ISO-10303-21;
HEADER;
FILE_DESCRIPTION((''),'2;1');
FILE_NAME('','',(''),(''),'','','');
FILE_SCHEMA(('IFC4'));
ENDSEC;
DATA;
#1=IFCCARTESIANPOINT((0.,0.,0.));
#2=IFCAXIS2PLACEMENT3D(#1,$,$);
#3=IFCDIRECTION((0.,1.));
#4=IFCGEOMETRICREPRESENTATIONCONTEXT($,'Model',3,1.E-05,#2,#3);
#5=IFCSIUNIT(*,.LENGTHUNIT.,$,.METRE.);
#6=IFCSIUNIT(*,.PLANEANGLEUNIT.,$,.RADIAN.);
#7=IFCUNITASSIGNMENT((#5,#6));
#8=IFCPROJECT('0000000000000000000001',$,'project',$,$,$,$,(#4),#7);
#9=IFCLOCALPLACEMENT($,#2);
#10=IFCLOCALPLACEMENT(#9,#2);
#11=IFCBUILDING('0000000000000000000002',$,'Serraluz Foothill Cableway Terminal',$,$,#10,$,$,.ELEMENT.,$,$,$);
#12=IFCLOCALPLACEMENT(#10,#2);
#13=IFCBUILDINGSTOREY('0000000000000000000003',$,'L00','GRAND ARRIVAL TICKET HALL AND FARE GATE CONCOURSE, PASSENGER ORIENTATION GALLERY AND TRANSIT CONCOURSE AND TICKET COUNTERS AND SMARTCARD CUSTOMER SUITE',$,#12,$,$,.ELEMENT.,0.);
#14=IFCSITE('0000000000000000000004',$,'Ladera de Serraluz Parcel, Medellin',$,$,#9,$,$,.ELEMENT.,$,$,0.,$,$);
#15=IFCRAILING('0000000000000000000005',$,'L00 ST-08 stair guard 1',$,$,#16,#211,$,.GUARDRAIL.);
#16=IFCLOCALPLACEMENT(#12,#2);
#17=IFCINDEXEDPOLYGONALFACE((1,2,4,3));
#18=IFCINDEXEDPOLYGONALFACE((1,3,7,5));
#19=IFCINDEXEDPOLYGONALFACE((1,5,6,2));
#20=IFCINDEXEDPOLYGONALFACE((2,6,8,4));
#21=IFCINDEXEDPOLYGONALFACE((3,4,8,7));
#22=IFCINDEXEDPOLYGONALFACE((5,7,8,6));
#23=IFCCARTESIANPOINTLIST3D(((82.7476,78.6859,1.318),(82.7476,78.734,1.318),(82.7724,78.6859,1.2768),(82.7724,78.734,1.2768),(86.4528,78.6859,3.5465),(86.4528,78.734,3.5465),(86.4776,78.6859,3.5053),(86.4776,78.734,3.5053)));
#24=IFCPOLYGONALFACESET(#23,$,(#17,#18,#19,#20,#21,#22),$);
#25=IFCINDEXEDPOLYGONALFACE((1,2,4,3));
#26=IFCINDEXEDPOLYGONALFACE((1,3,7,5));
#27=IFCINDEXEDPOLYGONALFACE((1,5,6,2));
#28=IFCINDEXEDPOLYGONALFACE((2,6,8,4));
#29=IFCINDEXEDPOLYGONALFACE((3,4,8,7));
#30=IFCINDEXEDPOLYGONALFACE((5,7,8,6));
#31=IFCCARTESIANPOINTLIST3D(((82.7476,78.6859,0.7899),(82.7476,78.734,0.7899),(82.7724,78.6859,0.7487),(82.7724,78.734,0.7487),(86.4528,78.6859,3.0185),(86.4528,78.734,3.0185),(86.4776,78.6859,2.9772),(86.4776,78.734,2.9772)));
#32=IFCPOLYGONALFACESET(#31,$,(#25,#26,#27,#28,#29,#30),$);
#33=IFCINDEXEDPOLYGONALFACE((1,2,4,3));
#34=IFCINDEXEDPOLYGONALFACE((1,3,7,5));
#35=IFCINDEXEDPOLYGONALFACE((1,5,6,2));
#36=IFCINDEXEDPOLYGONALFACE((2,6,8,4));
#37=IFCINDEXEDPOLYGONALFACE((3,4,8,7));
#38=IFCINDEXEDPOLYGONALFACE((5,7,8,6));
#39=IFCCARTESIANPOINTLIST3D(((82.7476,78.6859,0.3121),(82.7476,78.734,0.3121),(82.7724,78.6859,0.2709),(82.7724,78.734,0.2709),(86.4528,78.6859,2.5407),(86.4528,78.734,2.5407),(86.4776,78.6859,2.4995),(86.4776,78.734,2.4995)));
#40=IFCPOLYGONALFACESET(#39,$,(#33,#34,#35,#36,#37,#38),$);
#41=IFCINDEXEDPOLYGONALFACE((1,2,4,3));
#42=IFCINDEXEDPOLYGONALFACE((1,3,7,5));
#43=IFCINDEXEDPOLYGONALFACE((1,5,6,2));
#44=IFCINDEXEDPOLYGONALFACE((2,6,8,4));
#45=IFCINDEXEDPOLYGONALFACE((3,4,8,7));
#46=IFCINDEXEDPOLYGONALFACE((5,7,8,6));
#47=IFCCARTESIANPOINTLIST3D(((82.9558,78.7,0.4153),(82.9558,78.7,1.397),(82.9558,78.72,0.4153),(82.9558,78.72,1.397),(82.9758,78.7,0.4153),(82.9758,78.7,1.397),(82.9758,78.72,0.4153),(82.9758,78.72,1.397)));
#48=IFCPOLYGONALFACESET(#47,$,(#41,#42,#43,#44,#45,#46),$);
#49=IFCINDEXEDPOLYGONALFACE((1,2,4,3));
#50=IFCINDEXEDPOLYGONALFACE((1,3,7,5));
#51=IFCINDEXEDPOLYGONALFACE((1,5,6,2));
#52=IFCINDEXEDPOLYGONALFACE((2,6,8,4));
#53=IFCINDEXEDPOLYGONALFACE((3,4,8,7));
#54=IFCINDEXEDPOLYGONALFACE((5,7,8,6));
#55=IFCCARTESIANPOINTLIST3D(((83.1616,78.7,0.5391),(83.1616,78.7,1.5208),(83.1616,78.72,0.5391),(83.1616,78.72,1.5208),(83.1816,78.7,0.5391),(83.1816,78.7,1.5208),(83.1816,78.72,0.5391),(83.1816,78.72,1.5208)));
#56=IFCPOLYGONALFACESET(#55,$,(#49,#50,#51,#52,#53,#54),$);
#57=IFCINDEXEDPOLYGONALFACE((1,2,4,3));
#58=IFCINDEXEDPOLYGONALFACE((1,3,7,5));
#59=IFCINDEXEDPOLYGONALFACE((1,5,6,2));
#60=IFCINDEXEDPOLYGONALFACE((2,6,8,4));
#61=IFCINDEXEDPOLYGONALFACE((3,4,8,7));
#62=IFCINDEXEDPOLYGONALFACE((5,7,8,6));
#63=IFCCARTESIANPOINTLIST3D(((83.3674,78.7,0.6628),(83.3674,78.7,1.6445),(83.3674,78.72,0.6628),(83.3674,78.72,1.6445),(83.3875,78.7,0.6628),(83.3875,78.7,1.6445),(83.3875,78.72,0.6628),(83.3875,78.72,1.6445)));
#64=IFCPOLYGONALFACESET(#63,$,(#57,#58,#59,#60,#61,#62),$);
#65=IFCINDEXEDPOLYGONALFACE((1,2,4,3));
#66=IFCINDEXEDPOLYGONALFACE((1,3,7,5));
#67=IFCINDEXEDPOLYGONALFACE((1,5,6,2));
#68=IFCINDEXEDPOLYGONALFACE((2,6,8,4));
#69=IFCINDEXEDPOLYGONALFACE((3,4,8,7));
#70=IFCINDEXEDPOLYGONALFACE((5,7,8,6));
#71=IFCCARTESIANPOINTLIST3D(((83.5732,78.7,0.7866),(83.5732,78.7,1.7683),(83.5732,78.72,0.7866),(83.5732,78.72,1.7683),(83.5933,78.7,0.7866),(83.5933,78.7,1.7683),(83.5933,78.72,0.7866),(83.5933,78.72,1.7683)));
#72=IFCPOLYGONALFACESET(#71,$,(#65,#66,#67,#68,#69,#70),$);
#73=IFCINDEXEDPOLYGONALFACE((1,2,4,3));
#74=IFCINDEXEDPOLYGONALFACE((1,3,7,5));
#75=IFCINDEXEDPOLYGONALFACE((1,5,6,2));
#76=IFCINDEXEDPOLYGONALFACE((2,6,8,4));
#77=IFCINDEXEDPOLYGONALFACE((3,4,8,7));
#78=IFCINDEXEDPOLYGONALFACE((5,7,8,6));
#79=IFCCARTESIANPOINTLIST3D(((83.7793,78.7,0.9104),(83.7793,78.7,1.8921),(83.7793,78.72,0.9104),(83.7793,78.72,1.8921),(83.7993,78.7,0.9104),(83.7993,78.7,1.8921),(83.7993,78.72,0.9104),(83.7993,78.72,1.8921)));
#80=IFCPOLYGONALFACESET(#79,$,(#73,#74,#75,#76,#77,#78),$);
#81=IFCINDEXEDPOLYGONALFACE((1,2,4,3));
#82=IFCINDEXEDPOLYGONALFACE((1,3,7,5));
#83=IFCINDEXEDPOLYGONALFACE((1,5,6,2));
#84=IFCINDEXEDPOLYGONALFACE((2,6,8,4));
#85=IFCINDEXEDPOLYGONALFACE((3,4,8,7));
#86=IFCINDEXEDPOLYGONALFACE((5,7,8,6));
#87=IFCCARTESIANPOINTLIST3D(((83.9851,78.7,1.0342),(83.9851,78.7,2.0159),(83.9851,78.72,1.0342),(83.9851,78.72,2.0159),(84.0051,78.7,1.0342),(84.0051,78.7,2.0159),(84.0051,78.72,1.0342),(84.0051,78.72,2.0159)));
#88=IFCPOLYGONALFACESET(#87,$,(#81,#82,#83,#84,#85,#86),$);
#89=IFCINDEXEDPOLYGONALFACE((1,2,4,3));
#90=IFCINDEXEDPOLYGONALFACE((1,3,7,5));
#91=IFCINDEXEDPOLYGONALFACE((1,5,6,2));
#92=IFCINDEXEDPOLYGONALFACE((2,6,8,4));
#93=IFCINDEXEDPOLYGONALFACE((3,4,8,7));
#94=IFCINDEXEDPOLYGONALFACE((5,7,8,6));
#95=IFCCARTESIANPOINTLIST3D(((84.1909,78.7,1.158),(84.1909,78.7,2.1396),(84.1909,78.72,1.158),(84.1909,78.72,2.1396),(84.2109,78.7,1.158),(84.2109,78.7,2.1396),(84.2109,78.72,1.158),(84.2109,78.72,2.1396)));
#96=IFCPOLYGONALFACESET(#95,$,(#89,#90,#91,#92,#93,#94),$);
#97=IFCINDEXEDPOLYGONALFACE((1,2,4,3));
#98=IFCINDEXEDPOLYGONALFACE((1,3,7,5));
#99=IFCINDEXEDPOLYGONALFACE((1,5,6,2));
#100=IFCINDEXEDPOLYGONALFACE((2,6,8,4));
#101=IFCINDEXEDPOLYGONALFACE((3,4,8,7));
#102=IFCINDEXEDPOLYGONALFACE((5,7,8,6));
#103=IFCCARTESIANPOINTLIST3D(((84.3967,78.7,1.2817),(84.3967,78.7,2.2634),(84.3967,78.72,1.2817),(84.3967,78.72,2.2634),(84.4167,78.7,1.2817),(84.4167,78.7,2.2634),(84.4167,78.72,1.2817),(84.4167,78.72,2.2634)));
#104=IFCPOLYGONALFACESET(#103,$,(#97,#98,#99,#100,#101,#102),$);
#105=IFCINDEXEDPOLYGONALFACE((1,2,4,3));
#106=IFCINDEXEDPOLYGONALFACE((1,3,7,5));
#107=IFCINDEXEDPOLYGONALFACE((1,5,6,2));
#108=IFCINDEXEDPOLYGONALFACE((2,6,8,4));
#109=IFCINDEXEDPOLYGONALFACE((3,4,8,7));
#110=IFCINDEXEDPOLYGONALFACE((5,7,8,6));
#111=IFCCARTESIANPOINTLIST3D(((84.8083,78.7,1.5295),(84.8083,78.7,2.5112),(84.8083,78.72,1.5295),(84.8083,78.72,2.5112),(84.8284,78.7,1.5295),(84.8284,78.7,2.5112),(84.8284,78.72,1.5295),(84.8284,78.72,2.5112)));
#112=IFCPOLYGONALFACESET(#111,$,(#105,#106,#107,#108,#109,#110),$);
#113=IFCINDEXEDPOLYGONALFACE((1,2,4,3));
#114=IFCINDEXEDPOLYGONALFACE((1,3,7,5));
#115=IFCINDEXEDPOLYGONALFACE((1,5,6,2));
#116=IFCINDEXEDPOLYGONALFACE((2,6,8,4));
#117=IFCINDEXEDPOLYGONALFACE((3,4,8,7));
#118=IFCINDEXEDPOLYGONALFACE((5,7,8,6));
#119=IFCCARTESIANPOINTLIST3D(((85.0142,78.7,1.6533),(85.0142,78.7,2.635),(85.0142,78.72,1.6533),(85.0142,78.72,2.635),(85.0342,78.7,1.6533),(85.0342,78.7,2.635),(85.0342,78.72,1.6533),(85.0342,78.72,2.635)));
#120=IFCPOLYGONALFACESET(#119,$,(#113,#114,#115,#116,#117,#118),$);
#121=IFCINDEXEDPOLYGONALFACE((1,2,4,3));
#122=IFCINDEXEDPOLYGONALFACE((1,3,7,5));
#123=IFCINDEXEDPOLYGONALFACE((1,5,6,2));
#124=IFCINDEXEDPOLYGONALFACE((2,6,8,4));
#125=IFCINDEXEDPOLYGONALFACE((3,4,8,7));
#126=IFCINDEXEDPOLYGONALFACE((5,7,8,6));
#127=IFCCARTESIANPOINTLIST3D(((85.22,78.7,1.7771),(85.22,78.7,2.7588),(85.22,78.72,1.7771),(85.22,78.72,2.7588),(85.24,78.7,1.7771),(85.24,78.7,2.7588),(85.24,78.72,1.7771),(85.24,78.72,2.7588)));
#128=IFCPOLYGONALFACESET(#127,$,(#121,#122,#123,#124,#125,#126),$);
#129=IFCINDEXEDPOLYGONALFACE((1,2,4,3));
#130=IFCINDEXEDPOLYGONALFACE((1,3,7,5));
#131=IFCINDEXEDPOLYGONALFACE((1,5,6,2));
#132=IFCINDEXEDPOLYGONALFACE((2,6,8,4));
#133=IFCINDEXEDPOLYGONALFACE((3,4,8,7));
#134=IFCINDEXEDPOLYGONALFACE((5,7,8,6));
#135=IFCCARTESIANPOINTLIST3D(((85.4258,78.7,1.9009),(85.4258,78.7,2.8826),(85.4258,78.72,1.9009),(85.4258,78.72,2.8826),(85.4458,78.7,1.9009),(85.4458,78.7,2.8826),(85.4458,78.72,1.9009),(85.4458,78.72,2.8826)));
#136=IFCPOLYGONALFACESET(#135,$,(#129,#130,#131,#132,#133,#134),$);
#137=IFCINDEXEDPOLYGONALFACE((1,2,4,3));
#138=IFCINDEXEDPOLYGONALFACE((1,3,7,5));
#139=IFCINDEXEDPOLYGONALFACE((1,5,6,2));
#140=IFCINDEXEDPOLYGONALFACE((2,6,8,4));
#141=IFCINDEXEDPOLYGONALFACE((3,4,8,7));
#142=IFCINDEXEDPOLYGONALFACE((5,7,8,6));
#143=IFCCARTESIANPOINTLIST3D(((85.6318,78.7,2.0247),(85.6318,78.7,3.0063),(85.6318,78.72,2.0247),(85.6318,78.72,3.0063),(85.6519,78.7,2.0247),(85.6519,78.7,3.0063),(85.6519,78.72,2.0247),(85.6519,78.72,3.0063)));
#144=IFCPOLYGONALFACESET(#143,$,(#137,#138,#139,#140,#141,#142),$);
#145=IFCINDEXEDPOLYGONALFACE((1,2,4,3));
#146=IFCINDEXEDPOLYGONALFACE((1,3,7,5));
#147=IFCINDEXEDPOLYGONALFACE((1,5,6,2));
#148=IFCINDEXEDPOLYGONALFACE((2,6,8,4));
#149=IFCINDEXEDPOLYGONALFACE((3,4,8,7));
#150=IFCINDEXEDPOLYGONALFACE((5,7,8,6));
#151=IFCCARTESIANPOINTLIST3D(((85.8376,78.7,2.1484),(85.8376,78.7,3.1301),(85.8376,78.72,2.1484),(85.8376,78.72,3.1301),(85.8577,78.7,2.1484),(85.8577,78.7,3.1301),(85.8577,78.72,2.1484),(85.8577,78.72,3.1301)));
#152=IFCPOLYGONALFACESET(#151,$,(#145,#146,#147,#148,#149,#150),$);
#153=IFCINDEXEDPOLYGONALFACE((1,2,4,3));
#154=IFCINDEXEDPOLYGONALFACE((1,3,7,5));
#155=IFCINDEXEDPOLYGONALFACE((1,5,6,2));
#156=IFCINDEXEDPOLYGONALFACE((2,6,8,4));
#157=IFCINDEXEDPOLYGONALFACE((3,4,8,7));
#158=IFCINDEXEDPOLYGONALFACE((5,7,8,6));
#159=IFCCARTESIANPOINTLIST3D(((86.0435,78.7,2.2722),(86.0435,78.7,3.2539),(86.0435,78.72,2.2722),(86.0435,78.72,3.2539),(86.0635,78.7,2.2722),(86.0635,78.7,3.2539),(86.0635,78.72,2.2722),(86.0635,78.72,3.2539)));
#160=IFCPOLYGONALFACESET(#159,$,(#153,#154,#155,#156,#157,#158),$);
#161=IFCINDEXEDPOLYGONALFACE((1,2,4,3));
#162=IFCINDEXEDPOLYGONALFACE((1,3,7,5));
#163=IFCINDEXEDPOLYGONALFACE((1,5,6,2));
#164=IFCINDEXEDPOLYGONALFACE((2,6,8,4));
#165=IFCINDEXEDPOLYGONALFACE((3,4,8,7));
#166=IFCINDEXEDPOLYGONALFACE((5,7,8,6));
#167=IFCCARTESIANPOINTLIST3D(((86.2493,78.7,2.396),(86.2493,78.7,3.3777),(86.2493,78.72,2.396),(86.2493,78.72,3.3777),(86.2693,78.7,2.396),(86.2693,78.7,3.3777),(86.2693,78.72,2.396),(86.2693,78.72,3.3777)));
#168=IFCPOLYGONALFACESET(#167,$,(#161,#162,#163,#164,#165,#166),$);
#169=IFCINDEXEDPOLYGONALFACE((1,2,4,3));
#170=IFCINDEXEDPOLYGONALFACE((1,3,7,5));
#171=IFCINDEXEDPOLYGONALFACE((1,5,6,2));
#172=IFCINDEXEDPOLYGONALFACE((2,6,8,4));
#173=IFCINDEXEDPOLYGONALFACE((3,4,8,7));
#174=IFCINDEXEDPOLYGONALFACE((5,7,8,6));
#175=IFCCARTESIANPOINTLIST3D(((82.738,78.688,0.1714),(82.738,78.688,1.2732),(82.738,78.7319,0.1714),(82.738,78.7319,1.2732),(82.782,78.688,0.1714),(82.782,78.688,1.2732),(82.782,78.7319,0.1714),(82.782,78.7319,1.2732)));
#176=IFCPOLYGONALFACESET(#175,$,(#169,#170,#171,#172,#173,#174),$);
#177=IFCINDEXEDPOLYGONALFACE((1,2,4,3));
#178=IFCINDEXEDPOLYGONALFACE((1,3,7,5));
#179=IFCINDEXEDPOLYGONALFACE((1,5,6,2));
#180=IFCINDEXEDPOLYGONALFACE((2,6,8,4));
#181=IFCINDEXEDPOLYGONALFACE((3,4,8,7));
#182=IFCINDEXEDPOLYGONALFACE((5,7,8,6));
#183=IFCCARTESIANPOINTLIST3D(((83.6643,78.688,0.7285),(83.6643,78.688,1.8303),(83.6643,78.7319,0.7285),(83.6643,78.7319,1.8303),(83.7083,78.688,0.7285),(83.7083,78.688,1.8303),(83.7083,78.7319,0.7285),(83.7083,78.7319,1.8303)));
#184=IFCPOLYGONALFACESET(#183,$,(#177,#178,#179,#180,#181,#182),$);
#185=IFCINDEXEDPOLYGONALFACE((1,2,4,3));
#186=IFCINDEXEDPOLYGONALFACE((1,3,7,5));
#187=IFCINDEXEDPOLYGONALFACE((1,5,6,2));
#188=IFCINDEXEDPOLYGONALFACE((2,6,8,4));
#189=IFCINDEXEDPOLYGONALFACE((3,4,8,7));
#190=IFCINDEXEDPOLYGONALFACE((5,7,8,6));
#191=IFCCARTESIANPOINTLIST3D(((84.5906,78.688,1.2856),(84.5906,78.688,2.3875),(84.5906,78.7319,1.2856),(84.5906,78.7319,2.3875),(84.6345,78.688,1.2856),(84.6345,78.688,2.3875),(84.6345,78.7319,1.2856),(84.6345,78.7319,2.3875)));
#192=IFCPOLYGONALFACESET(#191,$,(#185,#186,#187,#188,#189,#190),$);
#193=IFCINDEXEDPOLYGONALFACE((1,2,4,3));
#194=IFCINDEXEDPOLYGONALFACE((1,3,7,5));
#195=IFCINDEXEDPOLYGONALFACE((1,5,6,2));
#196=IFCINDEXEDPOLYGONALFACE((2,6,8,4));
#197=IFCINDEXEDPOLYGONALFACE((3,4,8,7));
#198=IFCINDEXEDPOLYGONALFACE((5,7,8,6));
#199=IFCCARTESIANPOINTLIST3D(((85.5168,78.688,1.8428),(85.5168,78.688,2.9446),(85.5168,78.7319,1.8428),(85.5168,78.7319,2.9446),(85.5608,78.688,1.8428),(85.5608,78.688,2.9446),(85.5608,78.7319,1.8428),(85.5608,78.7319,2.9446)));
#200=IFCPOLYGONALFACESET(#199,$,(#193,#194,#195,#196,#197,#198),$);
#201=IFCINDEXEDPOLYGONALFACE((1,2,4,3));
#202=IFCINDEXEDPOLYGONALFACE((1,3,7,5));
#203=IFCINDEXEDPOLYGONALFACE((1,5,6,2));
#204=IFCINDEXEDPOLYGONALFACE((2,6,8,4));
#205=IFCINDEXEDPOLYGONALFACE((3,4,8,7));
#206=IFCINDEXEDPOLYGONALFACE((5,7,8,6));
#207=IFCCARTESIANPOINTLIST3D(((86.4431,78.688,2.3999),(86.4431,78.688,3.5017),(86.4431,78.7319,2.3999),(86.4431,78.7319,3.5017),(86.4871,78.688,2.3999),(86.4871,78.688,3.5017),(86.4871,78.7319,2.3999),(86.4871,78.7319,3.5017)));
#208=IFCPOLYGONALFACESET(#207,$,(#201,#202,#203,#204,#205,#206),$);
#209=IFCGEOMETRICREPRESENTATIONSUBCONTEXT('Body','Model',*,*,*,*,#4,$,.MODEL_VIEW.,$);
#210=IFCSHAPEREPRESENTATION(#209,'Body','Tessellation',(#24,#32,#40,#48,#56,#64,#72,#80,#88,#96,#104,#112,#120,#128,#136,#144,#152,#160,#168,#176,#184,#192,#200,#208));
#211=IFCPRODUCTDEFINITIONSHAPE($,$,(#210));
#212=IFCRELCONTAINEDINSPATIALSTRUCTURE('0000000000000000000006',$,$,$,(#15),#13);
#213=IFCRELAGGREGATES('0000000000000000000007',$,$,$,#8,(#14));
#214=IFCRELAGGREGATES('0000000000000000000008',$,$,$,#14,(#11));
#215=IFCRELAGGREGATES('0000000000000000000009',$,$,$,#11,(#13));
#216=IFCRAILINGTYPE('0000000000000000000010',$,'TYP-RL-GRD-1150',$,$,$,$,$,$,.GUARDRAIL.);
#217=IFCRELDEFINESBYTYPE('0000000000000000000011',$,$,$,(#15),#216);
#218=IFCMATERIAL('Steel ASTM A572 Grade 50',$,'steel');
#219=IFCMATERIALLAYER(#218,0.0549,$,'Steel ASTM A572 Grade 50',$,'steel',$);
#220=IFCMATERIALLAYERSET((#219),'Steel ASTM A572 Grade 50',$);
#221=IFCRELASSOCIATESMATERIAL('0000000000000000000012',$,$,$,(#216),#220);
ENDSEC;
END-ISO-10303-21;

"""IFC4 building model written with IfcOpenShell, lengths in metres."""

from ifc_helpers import new_model, si_unit, direction, frame, origin, origin_2d, place, context, subcontext, project, spatial, rectangle, extrude, material, layer, layer_set, type_object, element, save


model = new_model("IFC4")

# Units and contexts
model_context = context("Model", 3, precision=1e-05, world=origin(), true_north=direction((0.0, 1.0)))
body_context = subcontext(model_context, "Body", "Model", "MODEL_VIEW")
ifc_project = project(units=[si_unit("LENGTHUNIT", "METRE"), si_unit("PLANEANGLEUNIT", "RADIAN")], contexts=[model_context])

# Site, building, storey
site_placement = place(None, origin())
site = spatial("IfcSite", under=ifc_project, at=site_placement, Name="Ladera de Serraluz Parcel, Medellin", CompositionType="ELEMENT", RefElevation=0.0)
building_placement = place(site_placement, origin())
building = spatial("IfcBuilding", under=site, at=building_placement, Name="Serraluz Foothill Cableway Terminal", CompositionType="ELEMENT")
storey_placement = place(building_placement, origin())
storey = spatial("IfcBuildingStorey", under=building, at=storey_placement, Name="L00", Description="GRAND ARRIVAL TICKET HALL AND FARE GATE CONCOURSE, PASSENGER ORIENTATION GALLERY AND TRANSIT CONCOURSE AND TICKET COUNTERS AND SMARTCARD CUSTOMER SUITE", CompositionType="ELEMENT", Elevation=0.0)

# Railing
ifc_material_1 = material(Name="Steel ASTM A572 Grade 50", Category="steel")
ifc_layer_1 = layer(ifc_material_1, 0.0549, Name="Steel ASTM A572 Grade 50", Category="steel")
ifc_layer_set_1 = layer_set([ifc_layer_1], Name="Steel ASTM A572 Grade 50")
railing_type_1 = type_object("IfcRailingType", Name="TYP-RL-GRD-1150", PredefinedType="GUARDRAIL", material=ifc_layer_set_1)
railing_1_placement = place(storey_placement, frame((82.76, 78.71, 0.1714)))
element("IfcRailing", 1, at=railing_1_placement, inside=storey, type_object=railing_type_1, Name="L00 ST-08 stair guard 1", PredefinedType="GUARDRAIL", context=body_context, shape_type="SweptSolid", body=[
    extrude(rectangle(XDim=0.0481, YDim=0.0481, at=origin_2d()), frame((0.0, 0.0, 1.126), z_axis=(0.856934, 0.0, 0.515425), x_axis=(0.0, 1.0, 0.0)), (0.0, 0.0, 1.0), 4.3237),
    extrude(rectangle(XDim=0.0481, YDim=0.0481, at=origin_2d()), frame((0.0, 0.0, 0.5979), z_axis=(0.856934, 0.0, 0.515425), x_axis=(0.0, 1.0, 0.0)), (0.0, 0.0, 1.0), 4.3237),
    extrude(rectangle(XDim=0.0481, YDim=0.0481, at=origin_2d()), frame((0.0, 0.0, 0.1201), z_axis=(0.856934, 0.0, 0.515425), x_axis=(0.0, 1.0, 0.0)), (0.0, 0.0, 1.0), 4.3237),
    extrude(rectangle(XDim=0.02, YDim=0.02, at=origin_2d()), frame((0.2058, 0.0, 0.2439)), (0.0, 0.0, 1.0), 0.9817),
    extrude(rectangle(XDim=0.02, YDim=0.02, at=origin_2d()), frame((0.4116, 0.0, 0.3677)), (0.0, 0.0, 1.0), 0.9817),
    extrude(rectangle(XDim=0.02, YDim=0.02, at=origin_2d()), frame((0.6174, 0.0, 0.4915)), (0.0, 0.0, 1.0), 0.9817),
    extrude(rectangle(XDim=0.02, YDim=0.02, at=origin_2d()), frame((0.8232, 0.0, 0.6152)), (0.0, 0.0, 1.0), 0.9817),
    extrude(rectangle(XDim=0.02, YDim=0.02, at=origin_2d()), frame((1.0293, 0.0, 0.739)), (0.0, 0.0, 1.0), 0.9817),
    extrude(rectangle(XDim=0.02, YDim=0.02, at=origin_2d()), frame((1.2351, 0.0, 0.8628)), (0.0, 0.0, 1.0), 0.9817),
    extrude(rectangle(XDim=0.02, YDim=0.02, at=origin_2d()), frame((1.4409, 0.0, 0.9866)), (0.0, 0.0, 1.0), 0.9817),
    extrude(rectangle(XDim=0.02, YDim=0.02, at=origin_2d()), frame((1.6467, 0.0, 1.1104)), (0.0, 0.0, 1.0), 0.9817),
    extrude(rectangle(XDim=0.02, YDim=0.02, at=origin_2d()), frame((2.0583, 0.0, 1.3582)), (0.0, 0.0, 1.0), 0.9817),
    extrude(rectangle(XDim=0.02, YDim=0.02, at=origin_2d()), frame((2.2642, 0.0, 1.4819)), (0.0, 0.0, 1.0), 0.9817),
    extrude(rectangle(XDim=0.02, YDim=0.02, at=origin_2d()), frame((2.47, 0.0, 1.6057)), (0.0, 0.0, 1.0), 0.9817),
    extrude(rectangle(XDim=0.02, YDim=0.02, at=origin_2d()), frame((2.6758, 0.0, 1.7295)), (0.0, 0.0, 1.0), 0.9817),
    extrude(rectangle(XDim=0.02, YDim=0.02, at=origin_2d()), frame((2.8818, 0.0, 1.8533)), (0.0, 0.0, 1.0), 0.9817),
    extrude(rectangle(XDim=0.02, YDim=0.02, at=origin_2d()), frame((3.0876, 0.0, 1.9771)), (0.0, 0.0, 1.0), 0.9817),
    extrude(rectangle(XDim=0.02, YDim=0.02, at=origin_2d()), frame((3.2935, 0.0, 2.1008)), (0.0, 0.0, 1.0), 0.9817),
    extrude(rectangle(XDim=0.02, YDim=0.02, at=origin_2d()), frame((3.4993, 0.0, 2.2246)), (0.0, 0.0, 1.0), 0.9817),
    extrude(rectangle(XDim=0.0439, YDim=0.0439, at=origin_2d()), origin(), (0.0, 0.0, 1.0), 1.1018),
    extrude(rectangle(XDim=0.0439, YDim=0.0439, at=origin_2d()), frame((0.9263, 0.0, 0.5571)), (0.0, 0.0, 1.0), 1.1018),
    extrude(rectangle(XDim=0.0439, YDim=0.0439, at=origin_2d()), frame((1.8525, 0.0, 1.1143)), (0.0, 0.0, 1.0), 1.1018),
    extrude(rectangle(XDim=0.0439, YDim=0.0439, at=origin_2d()), frame((2.7788, 0.0, 1.6714)), (0.0, 0.0, 1.0), 1.1018),
    extrude(rectangle(XDim=0.0439, YDim=0.0439, at=origin_2d()), frame((3.7051, 0.0, 2.2285)), (0.0, 0.0, 1.0), 1.1018),
])

save(model, "model.ifc")
